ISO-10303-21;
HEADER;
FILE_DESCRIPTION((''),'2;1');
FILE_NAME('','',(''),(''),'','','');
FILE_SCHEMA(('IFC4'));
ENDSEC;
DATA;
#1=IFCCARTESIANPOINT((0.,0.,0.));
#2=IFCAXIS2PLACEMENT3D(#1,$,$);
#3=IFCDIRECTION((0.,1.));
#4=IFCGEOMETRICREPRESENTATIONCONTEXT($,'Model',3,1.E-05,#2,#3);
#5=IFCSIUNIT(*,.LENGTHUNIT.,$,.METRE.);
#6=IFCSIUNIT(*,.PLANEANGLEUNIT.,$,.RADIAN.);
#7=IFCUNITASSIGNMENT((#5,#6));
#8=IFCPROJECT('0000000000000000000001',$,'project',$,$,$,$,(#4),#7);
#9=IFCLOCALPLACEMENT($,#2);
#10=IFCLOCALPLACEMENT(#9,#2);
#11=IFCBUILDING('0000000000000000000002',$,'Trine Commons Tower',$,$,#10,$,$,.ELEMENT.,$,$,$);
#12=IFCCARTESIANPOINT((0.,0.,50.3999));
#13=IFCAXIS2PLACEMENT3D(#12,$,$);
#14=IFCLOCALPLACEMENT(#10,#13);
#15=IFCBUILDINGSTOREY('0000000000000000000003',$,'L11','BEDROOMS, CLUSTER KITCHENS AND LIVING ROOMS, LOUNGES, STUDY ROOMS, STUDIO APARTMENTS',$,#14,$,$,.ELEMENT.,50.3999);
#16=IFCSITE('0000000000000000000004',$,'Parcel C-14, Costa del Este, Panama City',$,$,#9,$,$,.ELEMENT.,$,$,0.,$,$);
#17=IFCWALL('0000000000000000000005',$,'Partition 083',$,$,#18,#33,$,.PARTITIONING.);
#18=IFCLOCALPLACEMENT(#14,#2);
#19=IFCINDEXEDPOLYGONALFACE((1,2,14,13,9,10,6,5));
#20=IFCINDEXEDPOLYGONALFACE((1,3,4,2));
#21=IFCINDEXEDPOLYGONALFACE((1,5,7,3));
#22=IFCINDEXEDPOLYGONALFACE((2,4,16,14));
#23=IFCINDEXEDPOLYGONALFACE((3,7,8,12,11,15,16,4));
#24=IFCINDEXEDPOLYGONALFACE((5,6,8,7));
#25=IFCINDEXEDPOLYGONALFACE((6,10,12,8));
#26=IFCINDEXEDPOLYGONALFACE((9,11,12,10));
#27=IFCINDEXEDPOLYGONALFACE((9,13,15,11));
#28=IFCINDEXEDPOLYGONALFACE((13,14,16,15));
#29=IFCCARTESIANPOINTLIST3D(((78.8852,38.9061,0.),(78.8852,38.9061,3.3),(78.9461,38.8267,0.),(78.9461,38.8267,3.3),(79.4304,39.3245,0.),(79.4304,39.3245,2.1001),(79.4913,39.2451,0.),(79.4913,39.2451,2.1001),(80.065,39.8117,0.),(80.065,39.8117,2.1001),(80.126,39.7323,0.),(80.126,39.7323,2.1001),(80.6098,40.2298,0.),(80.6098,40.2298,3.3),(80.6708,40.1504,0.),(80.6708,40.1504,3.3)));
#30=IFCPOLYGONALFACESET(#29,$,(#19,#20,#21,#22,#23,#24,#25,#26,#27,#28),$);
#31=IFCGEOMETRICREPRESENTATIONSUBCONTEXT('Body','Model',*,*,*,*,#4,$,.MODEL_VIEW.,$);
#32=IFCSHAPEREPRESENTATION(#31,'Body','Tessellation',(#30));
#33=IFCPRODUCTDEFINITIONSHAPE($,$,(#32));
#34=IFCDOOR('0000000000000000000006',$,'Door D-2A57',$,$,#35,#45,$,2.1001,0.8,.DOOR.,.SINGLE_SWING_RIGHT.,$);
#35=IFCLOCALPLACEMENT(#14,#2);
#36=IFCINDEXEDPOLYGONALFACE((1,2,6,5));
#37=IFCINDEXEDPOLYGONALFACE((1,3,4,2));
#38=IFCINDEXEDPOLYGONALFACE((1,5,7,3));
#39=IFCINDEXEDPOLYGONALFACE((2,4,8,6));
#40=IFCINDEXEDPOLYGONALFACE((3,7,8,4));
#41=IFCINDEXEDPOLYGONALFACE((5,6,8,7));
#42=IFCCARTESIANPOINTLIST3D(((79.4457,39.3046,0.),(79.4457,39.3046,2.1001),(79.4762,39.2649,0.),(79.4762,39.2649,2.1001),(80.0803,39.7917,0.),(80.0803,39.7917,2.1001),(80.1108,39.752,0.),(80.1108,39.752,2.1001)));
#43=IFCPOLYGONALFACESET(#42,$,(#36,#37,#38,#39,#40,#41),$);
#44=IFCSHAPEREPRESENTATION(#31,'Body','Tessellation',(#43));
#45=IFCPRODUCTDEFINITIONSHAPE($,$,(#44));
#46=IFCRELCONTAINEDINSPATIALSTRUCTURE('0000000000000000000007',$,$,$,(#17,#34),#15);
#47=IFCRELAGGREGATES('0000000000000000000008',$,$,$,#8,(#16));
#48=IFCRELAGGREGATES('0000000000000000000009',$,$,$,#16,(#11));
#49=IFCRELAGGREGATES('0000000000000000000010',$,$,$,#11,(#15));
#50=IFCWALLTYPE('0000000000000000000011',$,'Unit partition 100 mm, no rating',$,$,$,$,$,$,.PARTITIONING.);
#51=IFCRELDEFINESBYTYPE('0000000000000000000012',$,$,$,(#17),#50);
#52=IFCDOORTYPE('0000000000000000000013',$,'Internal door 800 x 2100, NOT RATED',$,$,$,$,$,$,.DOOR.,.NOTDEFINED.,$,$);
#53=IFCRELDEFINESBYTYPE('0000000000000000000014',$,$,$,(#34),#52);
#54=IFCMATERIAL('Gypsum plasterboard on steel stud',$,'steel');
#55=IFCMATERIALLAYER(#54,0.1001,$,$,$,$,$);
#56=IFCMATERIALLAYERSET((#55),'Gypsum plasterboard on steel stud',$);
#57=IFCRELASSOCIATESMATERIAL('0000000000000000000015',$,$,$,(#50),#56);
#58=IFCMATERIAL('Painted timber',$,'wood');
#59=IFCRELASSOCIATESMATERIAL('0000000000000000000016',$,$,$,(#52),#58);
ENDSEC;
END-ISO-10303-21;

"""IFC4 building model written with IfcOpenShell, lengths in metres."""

from ifc_helpers import new_model, si_unit, direction, frame, frame_2d, origin, place, context, subcontext, project, spatial, rectangle, extrude, material, layer, layer_set, type_object, element, fill, save


model = new_model("IFC4")

# Units and contexts
model_context = context("Model", 3, precision=1e-05, world=origin(), true_north=direction((0.0, 1.0)))
body_context = subcontext(model_context, "Body", "Model", "MODEL_VIEW")
ifc_project = project(units=[si_unit("LENGTHUNIT", "METRE"), si_unit("PLANEANGLEUNIT", "RADIAN")], contexts=[model_context])

# Site, building, storey
site_placement = place(None, origin())
site = spatial("IfcSite", under=ifc_project, at=site_placement, Name="Parcel C-14, Costa del Este, Panama City", CompositionType="ELEMENT", RefElevation=0.0)
building_placement = place(site_placement, origin())
building = spatial("IfcBuilding", under=site, at=building_placement, Name="Trine Commons Tower", CompositionType="ELEMENT")
storey_placement = place(building_placement, frame((0.0, 0.0, 50.3999)))
storey = spatial("IfcBuildingStorey", under=building, at=storey_placement, Name="L11", Description="BEDROOMS, CLUSTER KITCHENS AND LIVING ROOMS, LOUNGES, STUDY ROOMS, STUDIO APARTMENTS", CompositionType="ELEMENT", Elevation=50.3999)

# Shared definitions
ifc_material_1 = material(Name="Gypsum plasterboard on steel stud", Category="steel")

# Shared definitions
ifc_layer_1 = layer(ifc_material_1, 0.1001)
ifc_layer_set_1 = layer_set([ifc_layer_1], Name="Gypsum plasterboard on steel stud")
wall_type_1 = type_object("IfcWallType", Name="Unit partition 100 mm, no rating", PredefinedType="PARTITIONING", material=ifc_layer_set_1)

# Wall, opening, door
wall_1_placement = place(storey_placement, frame((78.9158, 38.8665, 0.0), z_axis=(0.0, 0.0, 1.0), x_axis=(0.793266, 0.608875, 0.0)))
wall_1 = element("IfcWall", 1, at=wall_1_placement, inside=storey, type_object=wall_type_1, Name="Partition 083", PredefinedType="PARTITIONING", context=body_context, shape_type="SweptSolid", body=[
    extrude(rectangle(XDim=2.1741, YDim=0.1001, at=frame_2d((1.0869, 0.0))), origin(), (0.0, 0.0, 1.0), 3.3),
])
opening_1_placement = place(wall_1_placement, frame((0.6873, 0.0, 0.0)))
opening_1 = element("IfcOpeningElement", 2, at=opening_1_placement, cuts=wall_1, PredefinedType="OPENING", context=body_context, shape_type="SweptSolid", body=[
    extrude(rectangle(XDim=0.8, YDim=2.1001, at=frame_2d((0.3999, 1.05))), frame((0.0, 0.0601, 0.0), z_axis=(0.0, -1.0, 0.0), x_axis=(1.0, 0.0, 0.0)), (0.0, 0.0, 1.0), 0.1201),
])
ifc_material_2 = material(Name="Painted timber", Category="wood")
door_type_1 = type_object("IfcDoorType", Name="Internal door 800 x 2100, NOT RATED", OperationType="NOTDEFINED", PredefinedType="DOOR", material=ifc_material_2)
door_1_placement = place(opening_1_placement, origin())
door_1 = element("IfcDoor", 3, at=door_1_placement, inside=storey, type_object=door_type_1, Name="Door D-2A57", OperationType="SINGLE_SWING_RIGHT", OverallHeight=2.1001, OverallWidth=0.8, PredefinedType="DOOR", context=body_context, shape_type="SweptSolid", body=[
    extrude(rectangle(XDim=0.8, YDim=2.1001, at=frame_2d((0.3999, 1.05))), frame((0.0, 0.0249, 0.0), z_axis=(0.0, -1.0, 0.0), x_axis=(1.0, 0.0, 0.0)), (0.0, 0.0, 1.0), 0.05),
])
fill(opening_1, door_1)

save(model, "model.ifc")
